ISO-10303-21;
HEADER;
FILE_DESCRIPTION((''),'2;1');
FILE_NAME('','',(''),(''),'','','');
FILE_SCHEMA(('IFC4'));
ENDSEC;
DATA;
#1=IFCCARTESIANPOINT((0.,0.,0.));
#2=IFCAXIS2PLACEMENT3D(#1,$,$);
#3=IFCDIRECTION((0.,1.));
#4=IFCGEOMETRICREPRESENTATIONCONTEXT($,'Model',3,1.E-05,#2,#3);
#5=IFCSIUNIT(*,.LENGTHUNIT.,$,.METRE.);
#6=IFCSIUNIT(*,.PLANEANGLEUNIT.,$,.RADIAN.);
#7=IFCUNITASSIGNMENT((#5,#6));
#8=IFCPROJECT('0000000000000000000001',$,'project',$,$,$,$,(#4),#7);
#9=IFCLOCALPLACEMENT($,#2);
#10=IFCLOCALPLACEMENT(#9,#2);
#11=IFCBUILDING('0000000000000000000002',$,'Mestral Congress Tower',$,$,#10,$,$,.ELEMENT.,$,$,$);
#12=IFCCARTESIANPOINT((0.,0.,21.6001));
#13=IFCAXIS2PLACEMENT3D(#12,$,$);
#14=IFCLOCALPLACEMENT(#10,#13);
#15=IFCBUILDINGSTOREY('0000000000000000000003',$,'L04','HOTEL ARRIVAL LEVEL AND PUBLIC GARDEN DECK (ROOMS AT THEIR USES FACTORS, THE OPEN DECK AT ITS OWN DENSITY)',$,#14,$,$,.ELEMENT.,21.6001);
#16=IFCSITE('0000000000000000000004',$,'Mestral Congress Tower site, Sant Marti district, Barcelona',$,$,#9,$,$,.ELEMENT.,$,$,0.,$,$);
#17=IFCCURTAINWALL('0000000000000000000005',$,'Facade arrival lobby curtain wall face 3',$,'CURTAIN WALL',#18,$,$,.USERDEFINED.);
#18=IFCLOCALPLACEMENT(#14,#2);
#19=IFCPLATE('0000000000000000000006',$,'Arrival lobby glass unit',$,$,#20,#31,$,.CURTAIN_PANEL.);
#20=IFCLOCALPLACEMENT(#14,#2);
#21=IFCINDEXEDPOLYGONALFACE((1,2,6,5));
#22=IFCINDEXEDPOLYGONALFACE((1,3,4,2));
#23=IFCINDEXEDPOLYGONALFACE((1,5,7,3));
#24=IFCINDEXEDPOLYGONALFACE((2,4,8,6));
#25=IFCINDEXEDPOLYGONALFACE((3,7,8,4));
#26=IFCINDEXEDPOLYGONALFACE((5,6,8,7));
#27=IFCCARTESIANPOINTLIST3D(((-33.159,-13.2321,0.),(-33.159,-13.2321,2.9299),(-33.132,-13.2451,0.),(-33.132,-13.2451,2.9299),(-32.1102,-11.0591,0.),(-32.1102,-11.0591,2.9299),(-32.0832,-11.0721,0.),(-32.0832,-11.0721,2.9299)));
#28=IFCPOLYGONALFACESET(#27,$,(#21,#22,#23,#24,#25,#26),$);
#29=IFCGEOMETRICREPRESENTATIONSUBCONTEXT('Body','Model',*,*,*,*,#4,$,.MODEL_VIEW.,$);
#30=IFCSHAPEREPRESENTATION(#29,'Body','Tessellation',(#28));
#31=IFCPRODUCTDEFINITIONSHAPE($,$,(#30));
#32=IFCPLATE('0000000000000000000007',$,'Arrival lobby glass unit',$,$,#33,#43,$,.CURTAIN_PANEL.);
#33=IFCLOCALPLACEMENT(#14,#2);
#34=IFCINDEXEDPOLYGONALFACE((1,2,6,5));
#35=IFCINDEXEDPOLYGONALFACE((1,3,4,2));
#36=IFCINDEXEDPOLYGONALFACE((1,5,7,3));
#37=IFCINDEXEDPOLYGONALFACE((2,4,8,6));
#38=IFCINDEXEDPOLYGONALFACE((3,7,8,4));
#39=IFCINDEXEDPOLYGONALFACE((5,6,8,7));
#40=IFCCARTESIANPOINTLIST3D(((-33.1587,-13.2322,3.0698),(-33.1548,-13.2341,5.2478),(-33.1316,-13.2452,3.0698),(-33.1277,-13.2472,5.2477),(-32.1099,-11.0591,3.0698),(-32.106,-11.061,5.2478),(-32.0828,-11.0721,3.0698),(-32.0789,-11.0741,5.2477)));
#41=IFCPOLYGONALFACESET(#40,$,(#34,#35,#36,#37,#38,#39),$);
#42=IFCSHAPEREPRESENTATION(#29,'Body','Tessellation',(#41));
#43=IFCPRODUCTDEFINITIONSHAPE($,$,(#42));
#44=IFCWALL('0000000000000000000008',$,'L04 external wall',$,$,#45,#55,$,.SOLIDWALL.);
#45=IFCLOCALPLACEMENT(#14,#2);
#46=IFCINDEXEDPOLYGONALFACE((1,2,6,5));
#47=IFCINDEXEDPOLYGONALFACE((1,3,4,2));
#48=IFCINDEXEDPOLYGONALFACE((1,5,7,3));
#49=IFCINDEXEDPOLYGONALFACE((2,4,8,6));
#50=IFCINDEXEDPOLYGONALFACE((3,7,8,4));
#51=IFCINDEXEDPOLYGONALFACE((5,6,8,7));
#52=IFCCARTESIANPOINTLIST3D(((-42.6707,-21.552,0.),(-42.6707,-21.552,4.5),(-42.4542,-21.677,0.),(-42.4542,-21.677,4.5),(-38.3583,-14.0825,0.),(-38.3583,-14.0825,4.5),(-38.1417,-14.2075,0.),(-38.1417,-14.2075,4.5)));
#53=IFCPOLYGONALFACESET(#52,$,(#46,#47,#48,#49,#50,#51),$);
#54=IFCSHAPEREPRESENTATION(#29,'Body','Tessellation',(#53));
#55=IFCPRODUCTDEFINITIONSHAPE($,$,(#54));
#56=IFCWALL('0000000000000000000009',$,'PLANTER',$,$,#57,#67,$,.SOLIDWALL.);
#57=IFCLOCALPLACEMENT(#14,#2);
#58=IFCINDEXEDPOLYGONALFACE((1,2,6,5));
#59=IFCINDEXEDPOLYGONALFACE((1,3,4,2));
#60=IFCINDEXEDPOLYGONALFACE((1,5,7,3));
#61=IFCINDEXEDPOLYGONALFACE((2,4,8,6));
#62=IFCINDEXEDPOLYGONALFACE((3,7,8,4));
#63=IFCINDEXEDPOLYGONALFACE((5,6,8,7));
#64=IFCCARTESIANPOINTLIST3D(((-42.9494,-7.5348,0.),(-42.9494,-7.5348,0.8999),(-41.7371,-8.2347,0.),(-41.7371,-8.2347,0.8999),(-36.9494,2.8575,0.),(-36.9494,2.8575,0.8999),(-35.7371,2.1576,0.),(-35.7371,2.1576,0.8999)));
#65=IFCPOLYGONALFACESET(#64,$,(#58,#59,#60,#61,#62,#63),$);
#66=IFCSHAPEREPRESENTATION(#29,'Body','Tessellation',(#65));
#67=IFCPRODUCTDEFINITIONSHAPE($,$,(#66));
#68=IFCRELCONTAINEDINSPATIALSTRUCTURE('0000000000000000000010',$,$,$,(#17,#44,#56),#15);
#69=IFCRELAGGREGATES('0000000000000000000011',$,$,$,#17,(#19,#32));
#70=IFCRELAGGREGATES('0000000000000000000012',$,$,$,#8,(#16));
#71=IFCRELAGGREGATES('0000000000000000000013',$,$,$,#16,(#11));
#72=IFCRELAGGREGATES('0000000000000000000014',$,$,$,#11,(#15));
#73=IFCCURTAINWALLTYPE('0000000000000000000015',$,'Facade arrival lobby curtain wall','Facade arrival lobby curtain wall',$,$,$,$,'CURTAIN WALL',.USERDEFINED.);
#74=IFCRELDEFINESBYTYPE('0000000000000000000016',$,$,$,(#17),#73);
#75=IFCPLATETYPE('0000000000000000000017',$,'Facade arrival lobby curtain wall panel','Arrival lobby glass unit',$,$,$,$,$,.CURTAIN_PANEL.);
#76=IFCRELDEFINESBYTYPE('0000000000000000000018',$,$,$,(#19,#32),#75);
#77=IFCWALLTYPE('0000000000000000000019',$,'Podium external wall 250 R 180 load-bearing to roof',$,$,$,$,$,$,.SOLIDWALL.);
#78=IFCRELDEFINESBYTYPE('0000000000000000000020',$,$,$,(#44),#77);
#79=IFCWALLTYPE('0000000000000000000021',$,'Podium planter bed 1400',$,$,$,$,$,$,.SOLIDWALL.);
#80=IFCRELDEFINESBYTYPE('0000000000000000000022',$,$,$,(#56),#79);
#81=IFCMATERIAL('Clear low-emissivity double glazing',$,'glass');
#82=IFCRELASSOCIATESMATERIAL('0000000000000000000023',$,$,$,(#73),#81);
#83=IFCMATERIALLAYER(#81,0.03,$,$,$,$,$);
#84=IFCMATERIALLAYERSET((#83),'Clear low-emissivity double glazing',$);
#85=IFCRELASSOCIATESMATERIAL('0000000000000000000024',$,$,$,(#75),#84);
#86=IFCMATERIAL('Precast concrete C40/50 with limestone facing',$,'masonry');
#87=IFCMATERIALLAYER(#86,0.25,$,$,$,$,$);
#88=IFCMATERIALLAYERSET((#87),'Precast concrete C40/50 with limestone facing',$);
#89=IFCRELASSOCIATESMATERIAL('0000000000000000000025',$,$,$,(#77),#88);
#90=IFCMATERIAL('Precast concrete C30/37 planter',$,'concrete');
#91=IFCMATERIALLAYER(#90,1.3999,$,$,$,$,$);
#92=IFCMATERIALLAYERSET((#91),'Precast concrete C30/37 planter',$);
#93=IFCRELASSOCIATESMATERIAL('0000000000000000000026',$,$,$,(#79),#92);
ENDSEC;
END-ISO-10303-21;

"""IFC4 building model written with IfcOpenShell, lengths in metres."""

from ifc_helpers import new_model, si_unit, direction, frame, frame_2d, origin, origin_2d, place, context, subcontext, project, spatial, polyline, rectangle, outline, extrude, material, layer, layer_set, type_object, element, aggregate, save


model = new_model("IFC4")

# Units and contexts
model_context = context("Model", 3, precision=1e-05, world=origin(), true_north=direction((0.0, 1.0)))
body_context = subcontext(model_context, "Body", "Model", "MODEL_VIEW")
ifc_project = project(units=[si_unit("LENGTHUNIT", "METRE"), si_unit("PLANEANGLEUNIT", "RADIAN")], contexts=[model_context])

# Site, building, storey
site_placement = place(None, origin())
site = spatial("IfcSite", under=ifc_project, at=site_placement, Name="Mestral Congress Tower site, Sant Marti district, Barcelona", CompositionType="ELEMENT", RefElevation=0.0)
building_placement = place(site_placement, origin())
building = spatial("IfcBuilding", under=site, at=building_placement, Name="Mestral Congress Tower", CompositionType="ELEMENT")
storey_placement = place(building_placement, frame((0.0, 0.0, 21.6001)))
storey = spatial("IfcBuildingStorey", under=building, at=storey_placement, Name="L04", Description="HOTEL ARRIVAL LEVEL AND PUBLIC GARDEN DECK (ROOMS AT THEIR USES FACTORS, THE OPEN DECK AT ITS OWN DENSITY)", CompositionType="ELEMENT", Elevation=21.6001)

# Curtain wall
ifc_material_1 = material(Name="Clear low-emissivity double glazing", Category="glass")
curtain_wall_type = type_object("IfcCurtainWallType", Name="Facade arrival lobby curtain wall", Description="Facade arrival lobby curtain wall", ElementType="CURTAIN WALL", PredefinedType="USERDEFINED", material=ifc_material_1)
placement = place(storey_placement, origin())
curtain_wall_1 = element("IfcCurtainWall", 1, at=placement, inside=storey, type_object=curtain_wall_type, Name="Facade arrival lobby curtain wall face 3", ObjectType="CURTAIN WALL", PredefinedType="USERDEFINED")

# Plates
ifc_layer_1 = layer(ifc_material_1, 0.03)
ifc_layer_set_1 = layer_set([ifc_layer_1], Name="Clear low-emissivity double glazing")
plate_type = type_object("IfcPlateType", Name="Facade arrival lobby curtain wall panel", Description="Arrival lobby glass unit", PredefinedType="CURTAIN_PANEL", material=ifc_layer_set_1)
plate_1_placement = place(storey_placement, frame((-32.6211, -12.1521, 0.0), z_axis=(0.0, 0.0, 1.0), x_axis=(-0.434657, -0.900596, 0.0)))
plate_1 = element("IfcPlate", 2, at=plate_1_placement, type_object=plate_type, Name="Arrival lobby glass unit", PredefinedType="CURTAIN_PANEL", context=body_context, shape_type="SweptSolid", body=[
    extrude(rectangle(XDim=2.4128, YDim=0.03, at=origin_2d()), origin(), (0.0, 0.0, 1.0), 2.9299),
])
plate_2_placement = place(storey_placement, frame((-33.1587, -13.2322, 3.0698), z_axis=(-0.900591, 0.434663, 0.002005), x_axis=(0.434664, 0.900593, 0.0)))
plate_2 = element("IfcPlate", 3, at=plate_2_placement, type_object=plate_type, Name="Arrival lobby glass unit", PredefinedType="CURTAIN_PANEL", context=body_context, shape_type="SweptSolid", body=[
    extrude(outline(polyline([(0.0, 0.0), (2.413, 0.0), (2.4129, -2.178), (-0.0001, -2.178), (0.0, 0.0)])), origin(), (0.0, 0.0, -1.0), 0.03),
])
aggregate(curtain_wall_1, [plate_1, plate_2])

# Walls
ifc_material_2 = material(Name="Precast concrete C40/50 with limestone facing", Category="masonry")
ifc_layer_2 = layer(ifc_material_2, 0.25)
ifc_layer_set_2 = layer_set([ifc_layer_2], Name="Precast concrete C40/50 with limestone facing")
wall_type_1 = type_object("IfcWallType", Name="Podium external wall 250 R 180 load-bearing to roof", PredefinedType="SOLIDWALL", material=ifc_layer_set_2)
wall_1_placement = place(storey_placement, frame((-38.25, -14.145, 0.0), z_axis=(0.0, 0.0, 1.0), x_axis=(-0.499999, -0.866026, 0.0)))
element("IfcWall", 4, at=wall_1_placement, inside=storey, type_object=wall_type_1, Name="L04 external wall", PredefinedType="SOLIDWALL", context=body_context, shape_type="SweptSolid", body=[
    extrude(rectangle(XDim=8.625, YDim=0.25, at=frame_2d((4.3125, 0.0))), origin(), (0.0, 0.0, 1.0), 4.5),
])
ifc_material_3 = material(Name="Precast concrete C30/37 planter", Category="concrete")
ifc_layer_3 = layer(ifc_material_3, 1.3999)
ifc_layer_set_3 = layer_set([ifc_layer_3], Name="Precast concrete C30/37 planter")
wall_type_2 = type_object("IfcWallType", Name="Podium planter bed 1400", PredefinedType="SOLIDWALL", material=ifc_layer_set_3)
wall_2_placement = place(storey_placement, frame((-36.3433, 2.5076, 0.0), z_axis=(0.0, 0.0, 1.0), x_axis=(-0.499999, -0.866026, 0.0)))
element("IfcWall", 5, at=wall_2_placement, inside=storey, type_object=wall_type_2, Name="PLANTER", PredefinedType="SOLIDWALL", context=body_context, shape_type="SweptSolid", body=[
    extrude(rectangle(XDim=12.0, YDim=1.3999, at=frame_2d((6.0, 0.0))), origin(), (0.0, 0.0, 1.0), 0.8999),
])

save(model, "model.ifc")
